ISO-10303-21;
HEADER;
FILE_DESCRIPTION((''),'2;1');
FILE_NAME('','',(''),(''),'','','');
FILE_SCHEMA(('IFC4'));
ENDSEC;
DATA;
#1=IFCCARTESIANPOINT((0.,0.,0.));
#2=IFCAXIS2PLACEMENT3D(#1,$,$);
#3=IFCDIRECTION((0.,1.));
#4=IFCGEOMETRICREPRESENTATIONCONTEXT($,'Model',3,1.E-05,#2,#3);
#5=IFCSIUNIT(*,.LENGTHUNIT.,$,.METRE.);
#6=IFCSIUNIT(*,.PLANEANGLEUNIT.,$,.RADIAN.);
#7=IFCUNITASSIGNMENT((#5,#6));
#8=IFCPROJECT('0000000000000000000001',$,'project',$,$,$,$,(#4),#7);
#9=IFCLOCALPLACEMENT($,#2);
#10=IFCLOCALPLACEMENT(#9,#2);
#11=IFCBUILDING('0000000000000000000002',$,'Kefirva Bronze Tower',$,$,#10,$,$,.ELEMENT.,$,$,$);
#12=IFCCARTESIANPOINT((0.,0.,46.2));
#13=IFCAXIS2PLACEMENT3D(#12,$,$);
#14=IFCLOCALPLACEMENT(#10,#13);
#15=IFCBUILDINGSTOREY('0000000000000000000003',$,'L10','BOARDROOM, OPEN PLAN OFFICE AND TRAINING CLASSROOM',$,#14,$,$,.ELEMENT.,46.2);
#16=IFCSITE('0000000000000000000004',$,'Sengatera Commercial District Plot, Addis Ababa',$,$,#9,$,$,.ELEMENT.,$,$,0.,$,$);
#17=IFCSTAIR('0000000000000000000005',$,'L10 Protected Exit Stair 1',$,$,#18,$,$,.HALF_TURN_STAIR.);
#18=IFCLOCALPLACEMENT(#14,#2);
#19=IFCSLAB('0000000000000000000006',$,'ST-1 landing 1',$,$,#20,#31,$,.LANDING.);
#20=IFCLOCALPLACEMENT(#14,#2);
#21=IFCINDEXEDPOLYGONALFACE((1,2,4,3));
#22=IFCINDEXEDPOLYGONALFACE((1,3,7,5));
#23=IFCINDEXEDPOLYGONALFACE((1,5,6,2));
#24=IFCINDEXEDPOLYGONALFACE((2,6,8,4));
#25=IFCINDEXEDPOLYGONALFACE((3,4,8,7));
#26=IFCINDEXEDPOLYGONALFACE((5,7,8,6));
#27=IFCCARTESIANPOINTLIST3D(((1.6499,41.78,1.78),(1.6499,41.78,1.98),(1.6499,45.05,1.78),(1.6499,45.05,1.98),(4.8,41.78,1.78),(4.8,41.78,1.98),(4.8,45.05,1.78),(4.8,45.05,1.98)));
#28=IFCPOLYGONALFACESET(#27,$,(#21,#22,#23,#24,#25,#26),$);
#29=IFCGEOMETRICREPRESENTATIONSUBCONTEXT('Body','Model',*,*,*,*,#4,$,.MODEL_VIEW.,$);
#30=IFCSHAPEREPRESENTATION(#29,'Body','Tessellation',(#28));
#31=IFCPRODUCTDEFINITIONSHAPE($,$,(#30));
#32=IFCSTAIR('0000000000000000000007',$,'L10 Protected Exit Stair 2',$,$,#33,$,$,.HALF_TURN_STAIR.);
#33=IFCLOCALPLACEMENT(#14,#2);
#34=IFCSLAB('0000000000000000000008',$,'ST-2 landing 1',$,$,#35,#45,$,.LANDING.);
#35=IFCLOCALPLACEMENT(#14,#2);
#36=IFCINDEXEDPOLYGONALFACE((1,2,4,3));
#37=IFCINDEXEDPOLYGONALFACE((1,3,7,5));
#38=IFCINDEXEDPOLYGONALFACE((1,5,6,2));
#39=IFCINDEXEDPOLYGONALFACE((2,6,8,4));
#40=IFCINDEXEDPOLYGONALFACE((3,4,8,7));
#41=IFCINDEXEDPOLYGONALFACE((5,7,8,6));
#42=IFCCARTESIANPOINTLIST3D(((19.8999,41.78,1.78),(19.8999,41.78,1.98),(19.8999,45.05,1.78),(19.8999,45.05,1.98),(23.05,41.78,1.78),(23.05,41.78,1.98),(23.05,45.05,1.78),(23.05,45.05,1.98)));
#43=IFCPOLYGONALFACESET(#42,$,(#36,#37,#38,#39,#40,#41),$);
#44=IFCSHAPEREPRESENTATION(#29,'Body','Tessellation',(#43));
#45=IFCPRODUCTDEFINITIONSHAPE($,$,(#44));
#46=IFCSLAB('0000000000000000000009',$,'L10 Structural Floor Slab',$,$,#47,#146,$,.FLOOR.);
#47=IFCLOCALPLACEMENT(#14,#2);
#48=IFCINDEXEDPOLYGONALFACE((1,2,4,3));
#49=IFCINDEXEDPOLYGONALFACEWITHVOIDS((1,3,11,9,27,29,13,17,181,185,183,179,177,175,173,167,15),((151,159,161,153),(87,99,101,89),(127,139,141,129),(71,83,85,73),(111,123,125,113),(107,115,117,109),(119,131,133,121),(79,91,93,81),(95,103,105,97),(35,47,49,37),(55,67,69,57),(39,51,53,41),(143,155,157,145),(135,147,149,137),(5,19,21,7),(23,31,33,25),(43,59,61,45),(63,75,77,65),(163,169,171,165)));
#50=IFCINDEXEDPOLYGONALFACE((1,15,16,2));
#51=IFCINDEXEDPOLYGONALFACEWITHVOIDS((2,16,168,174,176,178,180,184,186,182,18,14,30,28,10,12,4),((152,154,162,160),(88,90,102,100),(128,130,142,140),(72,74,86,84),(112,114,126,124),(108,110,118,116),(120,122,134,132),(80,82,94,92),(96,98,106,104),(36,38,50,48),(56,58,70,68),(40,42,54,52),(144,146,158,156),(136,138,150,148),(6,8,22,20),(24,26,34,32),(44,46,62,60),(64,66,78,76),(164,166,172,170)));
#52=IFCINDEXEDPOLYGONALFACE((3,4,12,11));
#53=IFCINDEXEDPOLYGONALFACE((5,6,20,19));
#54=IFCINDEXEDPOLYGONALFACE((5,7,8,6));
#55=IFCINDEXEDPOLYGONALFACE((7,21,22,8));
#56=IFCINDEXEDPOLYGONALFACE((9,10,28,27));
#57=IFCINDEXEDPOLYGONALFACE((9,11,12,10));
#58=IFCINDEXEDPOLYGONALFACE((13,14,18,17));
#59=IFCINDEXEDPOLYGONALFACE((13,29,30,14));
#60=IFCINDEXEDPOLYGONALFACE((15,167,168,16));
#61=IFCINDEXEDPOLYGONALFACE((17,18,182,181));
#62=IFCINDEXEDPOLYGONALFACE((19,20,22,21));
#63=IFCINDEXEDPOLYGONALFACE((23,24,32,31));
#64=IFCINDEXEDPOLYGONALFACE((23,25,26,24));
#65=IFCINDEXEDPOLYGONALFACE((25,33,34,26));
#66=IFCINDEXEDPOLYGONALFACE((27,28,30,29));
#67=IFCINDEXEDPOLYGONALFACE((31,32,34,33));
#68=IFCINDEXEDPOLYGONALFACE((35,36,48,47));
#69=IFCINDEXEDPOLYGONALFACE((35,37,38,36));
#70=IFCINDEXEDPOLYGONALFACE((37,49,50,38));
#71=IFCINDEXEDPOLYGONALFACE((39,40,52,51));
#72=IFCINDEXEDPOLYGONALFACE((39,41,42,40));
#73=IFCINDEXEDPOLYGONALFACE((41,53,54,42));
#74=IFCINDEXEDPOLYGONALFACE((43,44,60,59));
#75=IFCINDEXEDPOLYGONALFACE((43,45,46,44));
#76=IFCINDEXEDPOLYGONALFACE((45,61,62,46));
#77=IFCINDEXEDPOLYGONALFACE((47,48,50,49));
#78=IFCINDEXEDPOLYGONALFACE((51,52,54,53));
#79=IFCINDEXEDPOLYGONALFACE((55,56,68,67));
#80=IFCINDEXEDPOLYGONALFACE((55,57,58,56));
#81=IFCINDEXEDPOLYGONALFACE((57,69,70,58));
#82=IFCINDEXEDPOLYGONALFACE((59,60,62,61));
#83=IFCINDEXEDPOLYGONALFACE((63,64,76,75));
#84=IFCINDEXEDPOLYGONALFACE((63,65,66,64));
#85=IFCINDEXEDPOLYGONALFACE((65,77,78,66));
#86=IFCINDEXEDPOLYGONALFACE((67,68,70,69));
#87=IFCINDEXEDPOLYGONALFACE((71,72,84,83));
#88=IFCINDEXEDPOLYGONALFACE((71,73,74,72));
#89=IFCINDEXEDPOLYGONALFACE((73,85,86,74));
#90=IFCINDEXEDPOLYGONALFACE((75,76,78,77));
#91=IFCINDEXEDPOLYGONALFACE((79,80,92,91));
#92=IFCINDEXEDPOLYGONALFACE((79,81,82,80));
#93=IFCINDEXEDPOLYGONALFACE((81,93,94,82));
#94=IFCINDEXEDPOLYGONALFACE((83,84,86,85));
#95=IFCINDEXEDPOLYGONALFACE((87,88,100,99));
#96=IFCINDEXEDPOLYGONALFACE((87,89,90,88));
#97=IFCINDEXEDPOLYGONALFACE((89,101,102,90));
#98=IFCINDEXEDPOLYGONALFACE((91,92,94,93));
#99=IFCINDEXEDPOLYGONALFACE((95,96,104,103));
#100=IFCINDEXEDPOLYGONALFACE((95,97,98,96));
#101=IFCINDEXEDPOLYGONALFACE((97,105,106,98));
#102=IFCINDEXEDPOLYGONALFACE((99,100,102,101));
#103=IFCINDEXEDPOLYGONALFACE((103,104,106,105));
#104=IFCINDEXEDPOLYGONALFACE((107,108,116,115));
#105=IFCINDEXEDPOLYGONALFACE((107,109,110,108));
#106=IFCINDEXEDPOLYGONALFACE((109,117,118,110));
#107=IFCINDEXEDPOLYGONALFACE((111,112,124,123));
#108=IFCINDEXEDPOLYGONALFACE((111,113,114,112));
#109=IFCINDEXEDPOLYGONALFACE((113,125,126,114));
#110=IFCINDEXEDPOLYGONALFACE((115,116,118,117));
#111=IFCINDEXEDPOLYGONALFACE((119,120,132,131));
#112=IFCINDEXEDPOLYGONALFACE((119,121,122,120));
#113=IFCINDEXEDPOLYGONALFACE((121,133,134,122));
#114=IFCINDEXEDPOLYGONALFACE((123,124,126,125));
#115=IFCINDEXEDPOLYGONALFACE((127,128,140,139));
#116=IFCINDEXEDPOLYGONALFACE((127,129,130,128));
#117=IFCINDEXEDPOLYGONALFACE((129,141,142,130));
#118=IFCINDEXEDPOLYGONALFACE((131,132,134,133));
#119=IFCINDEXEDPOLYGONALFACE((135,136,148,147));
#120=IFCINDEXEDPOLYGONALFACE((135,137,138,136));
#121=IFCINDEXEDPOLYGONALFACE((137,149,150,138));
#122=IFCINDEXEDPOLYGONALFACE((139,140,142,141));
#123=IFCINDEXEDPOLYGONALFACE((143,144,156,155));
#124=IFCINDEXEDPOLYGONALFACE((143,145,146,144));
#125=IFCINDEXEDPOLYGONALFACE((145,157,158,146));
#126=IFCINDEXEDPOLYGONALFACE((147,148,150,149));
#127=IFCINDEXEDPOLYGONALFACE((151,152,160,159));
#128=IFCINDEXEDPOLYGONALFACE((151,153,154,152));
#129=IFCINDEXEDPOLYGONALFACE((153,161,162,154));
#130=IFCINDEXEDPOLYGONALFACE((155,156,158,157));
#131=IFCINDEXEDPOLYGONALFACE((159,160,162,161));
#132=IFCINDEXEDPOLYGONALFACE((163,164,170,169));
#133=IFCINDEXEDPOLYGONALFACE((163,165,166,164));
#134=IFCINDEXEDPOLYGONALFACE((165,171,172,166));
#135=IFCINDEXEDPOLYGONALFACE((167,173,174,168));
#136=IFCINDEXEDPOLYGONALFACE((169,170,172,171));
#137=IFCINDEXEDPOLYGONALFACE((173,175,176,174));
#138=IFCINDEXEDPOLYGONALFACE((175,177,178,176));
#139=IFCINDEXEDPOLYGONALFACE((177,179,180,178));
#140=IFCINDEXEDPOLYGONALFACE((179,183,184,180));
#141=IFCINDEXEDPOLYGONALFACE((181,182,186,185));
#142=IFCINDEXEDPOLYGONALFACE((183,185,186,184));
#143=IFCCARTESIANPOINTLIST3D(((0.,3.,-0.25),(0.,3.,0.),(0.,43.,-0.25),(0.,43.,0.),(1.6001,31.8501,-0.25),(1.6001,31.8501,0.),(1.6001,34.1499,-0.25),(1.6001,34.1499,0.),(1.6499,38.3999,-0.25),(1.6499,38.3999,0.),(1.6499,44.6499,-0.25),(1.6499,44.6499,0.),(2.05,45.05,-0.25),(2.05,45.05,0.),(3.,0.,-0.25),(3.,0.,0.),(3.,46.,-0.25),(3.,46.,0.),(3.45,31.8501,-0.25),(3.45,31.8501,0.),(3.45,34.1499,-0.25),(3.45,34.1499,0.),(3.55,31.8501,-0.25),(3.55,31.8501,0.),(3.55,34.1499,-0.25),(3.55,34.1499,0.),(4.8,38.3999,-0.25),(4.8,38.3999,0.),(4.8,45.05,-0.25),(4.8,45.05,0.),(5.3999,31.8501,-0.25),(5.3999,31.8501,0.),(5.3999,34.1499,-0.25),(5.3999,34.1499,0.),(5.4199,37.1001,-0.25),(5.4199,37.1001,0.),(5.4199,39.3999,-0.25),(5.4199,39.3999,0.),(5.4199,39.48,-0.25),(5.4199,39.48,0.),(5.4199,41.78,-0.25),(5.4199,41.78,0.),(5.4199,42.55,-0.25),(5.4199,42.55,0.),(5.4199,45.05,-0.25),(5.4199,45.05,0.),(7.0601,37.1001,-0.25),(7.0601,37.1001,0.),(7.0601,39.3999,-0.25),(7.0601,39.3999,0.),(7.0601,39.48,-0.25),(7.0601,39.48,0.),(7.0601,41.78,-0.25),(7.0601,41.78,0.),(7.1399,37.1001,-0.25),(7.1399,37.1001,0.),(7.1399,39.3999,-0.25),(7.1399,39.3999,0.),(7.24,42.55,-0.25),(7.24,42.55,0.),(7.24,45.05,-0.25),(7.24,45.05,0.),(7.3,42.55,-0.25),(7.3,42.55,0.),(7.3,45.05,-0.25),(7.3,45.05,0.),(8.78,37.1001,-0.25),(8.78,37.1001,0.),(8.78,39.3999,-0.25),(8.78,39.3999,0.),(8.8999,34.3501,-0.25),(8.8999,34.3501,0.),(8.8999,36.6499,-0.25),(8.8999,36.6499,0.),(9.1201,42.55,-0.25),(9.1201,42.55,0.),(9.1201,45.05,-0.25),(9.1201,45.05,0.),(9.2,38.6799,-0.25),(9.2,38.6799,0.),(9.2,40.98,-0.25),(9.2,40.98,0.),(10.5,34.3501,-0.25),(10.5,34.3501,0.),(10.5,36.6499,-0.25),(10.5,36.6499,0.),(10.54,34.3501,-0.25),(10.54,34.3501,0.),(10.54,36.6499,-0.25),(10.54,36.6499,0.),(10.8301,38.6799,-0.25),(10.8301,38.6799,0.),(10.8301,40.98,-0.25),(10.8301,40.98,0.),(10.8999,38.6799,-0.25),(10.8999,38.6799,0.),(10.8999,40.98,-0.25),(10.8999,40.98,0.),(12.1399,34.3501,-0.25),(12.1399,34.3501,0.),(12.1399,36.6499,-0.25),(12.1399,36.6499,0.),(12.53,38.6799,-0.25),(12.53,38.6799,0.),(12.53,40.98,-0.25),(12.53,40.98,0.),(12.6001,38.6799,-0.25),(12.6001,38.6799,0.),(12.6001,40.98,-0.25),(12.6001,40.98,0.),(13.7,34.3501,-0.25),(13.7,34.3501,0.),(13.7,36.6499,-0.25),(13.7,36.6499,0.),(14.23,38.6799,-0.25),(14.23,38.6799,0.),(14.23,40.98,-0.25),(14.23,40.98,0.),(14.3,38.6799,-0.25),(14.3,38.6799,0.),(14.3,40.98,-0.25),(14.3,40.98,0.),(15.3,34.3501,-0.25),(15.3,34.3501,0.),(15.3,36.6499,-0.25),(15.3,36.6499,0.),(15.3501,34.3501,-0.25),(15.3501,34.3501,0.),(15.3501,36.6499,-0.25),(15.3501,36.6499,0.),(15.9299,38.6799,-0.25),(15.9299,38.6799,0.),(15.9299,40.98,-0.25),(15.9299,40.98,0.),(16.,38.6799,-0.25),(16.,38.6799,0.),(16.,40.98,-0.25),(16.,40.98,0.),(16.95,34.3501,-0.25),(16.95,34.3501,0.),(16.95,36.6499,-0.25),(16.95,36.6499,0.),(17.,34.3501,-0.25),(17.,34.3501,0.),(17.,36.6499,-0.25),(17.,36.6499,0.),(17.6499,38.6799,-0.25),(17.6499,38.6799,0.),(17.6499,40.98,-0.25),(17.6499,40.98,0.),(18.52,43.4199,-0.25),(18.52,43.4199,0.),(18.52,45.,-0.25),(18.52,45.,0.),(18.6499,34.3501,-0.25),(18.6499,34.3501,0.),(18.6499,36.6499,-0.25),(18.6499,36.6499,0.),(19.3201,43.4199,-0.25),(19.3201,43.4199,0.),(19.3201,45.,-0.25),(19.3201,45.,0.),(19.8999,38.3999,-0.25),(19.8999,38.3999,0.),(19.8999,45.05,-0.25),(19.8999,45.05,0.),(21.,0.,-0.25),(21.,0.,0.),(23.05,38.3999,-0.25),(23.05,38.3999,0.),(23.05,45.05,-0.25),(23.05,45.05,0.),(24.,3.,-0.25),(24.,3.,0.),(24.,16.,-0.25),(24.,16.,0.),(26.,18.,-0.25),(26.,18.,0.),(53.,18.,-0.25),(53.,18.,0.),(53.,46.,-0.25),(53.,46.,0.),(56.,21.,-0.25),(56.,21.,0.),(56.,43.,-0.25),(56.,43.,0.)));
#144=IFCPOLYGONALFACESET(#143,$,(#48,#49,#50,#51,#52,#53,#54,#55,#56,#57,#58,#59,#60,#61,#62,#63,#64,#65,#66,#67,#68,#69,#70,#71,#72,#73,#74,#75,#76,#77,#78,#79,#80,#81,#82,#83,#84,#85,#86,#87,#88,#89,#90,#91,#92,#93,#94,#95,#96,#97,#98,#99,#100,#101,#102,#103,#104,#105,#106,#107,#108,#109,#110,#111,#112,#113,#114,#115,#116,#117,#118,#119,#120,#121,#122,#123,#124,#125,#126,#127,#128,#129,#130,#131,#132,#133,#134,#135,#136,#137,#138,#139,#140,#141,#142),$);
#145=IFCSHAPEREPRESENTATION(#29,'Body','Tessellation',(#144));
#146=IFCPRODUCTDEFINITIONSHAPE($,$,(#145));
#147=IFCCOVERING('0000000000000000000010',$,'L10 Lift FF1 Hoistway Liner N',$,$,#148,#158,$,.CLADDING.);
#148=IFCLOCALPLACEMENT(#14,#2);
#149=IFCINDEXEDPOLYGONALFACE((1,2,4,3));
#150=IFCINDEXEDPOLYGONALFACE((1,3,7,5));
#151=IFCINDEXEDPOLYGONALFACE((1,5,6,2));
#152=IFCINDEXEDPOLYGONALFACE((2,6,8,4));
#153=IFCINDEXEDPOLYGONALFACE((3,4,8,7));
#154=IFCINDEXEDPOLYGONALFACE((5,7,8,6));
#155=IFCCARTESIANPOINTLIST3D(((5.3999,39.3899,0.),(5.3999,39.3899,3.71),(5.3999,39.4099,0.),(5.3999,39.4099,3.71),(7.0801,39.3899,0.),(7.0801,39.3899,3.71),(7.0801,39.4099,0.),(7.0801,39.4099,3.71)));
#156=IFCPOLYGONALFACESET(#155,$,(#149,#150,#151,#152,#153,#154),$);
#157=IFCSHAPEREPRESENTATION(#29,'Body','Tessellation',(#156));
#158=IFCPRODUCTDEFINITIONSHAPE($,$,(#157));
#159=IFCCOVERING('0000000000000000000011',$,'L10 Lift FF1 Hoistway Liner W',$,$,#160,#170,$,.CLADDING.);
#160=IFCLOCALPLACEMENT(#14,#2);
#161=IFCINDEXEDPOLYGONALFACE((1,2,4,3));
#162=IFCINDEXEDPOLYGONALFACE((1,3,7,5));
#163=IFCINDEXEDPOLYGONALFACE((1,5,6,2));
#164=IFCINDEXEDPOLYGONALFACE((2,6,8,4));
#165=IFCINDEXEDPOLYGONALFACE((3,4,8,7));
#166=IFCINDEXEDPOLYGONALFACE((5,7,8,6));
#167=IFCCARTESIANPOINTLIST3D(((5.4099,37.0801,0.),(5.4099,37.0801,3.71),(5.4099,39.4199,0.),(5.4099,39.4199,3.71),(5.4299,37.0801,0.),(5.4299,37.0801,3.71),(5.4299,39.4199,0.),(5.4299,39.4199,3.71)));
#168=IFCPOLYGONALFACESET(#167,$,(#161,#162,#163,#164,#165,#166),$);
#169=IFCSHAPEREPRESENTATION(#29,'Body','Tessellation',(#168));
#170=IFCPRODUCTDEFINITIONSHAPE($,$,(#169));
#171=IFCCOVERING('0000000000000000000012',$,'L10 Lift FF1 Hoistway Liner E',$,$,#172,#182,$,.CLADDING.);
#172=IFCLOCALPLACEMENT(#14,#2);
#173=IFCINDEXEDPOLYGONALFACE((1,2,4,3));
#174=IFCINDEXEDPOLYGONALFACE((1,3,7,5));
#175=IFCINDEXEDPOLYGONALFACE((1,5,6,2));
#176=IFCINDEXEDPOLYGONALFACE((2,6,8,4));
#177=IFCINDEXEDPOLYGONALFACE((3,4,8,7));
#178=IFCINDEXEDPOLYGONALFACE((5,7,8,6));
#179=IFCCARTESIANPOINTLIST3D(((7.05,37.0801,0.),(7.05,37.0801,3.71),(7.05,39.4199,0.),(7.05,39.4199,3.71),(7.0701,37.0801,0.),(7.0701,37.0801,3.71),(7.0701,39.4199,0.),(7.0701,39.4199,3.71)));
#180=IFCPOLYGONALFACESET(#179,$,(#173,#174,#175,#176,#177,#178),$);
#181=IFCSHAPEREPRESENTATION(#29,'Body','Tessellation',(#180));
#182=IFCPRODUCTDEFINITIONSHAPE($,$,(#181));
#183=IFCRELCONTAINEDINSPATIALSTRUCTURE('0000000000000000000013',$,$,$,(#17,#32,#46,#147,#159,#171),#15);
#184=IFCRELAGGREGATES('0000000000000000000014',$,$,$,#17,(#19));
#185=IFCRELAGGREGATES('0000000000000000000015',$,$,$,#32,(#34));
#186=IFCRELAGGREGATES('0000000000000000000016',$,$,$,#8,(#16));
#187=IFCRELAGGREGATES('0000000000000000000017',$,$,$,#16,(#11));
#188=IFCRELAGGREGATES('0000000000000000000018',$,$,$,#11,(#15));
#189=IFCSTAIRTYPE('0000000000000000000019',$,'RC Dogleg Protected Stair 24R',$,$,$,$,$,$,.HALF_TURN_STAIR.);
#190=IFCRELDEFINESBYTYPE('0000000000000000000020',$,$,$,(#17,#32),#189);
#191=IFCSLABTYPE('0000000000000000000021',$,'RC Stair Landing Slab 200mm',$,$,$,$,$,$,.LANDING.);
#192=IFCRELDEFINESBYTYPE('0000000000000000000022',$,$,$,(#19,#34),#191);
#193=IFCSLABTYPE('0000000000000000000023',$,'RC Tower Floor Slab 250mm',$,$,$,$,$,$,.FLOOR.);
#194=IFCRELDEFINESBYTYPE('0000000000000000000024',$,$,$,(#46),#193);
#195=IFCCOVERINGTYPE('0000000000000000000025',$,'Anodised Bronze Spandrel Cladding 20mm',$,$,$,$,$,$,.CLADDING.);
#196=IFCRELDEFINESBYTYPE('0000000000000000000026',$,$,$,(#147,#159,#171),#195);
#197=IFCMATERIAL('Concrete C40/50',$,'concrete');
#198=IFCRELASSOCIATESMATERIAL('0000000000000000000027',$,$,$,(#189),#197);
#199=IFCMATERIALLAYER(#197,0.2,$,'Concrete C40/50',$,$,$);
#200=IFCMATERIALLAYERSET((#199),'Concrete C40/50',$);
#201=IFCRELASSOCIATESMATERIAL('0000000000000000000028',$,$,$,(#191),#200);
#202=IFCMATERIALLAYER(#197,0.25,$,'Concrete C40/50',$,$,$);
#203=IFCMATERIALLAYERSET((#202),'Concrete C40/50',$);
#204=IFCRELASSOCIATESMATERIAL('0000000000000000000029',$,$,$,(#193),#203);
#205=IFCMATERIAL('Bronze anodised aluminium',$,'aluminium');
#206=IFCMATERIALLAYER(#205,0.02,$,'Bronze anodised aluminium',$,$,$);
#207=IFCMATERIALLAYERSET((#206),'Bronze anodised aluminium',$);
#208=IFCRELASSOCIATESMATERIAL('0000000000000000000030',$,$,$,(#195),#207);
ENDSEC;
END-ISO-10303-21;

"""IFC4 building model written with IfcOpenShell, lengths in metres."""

from ifc_helpers import new_model, si_unit, direction, frame, origin, place, context, subcontext, project, spatial, polyline, outline, extrude, material, layer, layer_set, type_object, element, aggregate, save


model = new_model("IFC4")

# Units and contexts
model_context = context("Model", 3, precision=1e-05, world=origin(), true_north=direction((0.0, 1.0)))
body_context = subcontext(model_context, "Body", "Model", "MODEL_VIEW")
ifc_project = project(units=[si_unit("LENGTHUNIT", "METRE"), si_unit("PLANEANGLEUNIT", "RADIAN")], contexts=[model_context])

# Site, building, storey
site_placement = place(None, origin())
site = spatial("IfcSite", under=ifc_project, at=site_placement, Name="Sengatera Commercial District Plot, Addis Ababa", CompositionType="ELEMENT", RefElevation=0.0)
building_placement = place(site_placement, origin())
building = spatial("IfcBuilding", under=site, at=building_placement, Name="Kefirva Bronze Tower", CompositionType="ELEMENT")
storey_placement = place(building_placement, frame((0.0, 0.0, 46.2)))
storey = spatial("IfcBuildingStorey", under=building, at=storey_placement, Name="L10", Description="BOARDROOM, OPEN PLAN OFFICE AND TRAINING CLASSROOM", CompositionType="ELEMENT", Elevation=46.2)

# Stairs, slabs
ifc_material_1 = material(Name="Concrete C40/50", Category="concrete")
stair_type = type_object("IfcStairType", Name="RC Dogleg Protected Stair 24R", PredefinedType="HALF_TURN_STAIR", material=ifc_material_1)
stair_1_placement = place(storey_placement, origin())
stair_1 = element("IfcStair", 1, at=stair_1_placement, inside=storey, type_object=stair_type, Name="L10 Protected Exit Stair 1", PredefinedType="HALF_TURN_STAIR")
ifc_layer_1 = layer(ifc_material_1, 0.2, Name="Concrete C40/50")
ifc_layer_set_1 = layer_set([ifc_layer_1], Name="Concrete C40/50")
slab_type_1 = type_object("IfcSlabType", Name="RC Stair Landing Slab 200mm", PredefinedType="LANDING", material=ifc_layer_set_1)
slab_1_placement = place(storey_placement, frame((0.0, 0.0, 1.78)))
slab_1 = element("IfcSlab", 2, at=slab_1_placement, type_object=slab_type_1, Name="ST-1 landing 1", PredefinedType="LANDING", context=body_context, shape_type="SweptSolid", body=[
    extrude(outline(polyline([(4.8, 41.78), (4.8, 45.05), (1.6499, 45.05), (1.6499, 41.78), (4.8, 41.78)])), origin(), (0.0, 0.0, 1.0), 0.2),
])
aggregate(stair_1, [slab_1])
stair_2_placement = place(storey_placement, origin())
stair_2 = element("IfcStair", 3, at=stair_2_placement, inside=storey, type_object=stair_type, Name="L10 Protected Exit Stair 2", PredefinedType="HALF_TURN_STAIR")
slab_2_placement = place(storey_placement, frame((0.0, 0.0, 1.78)))
slab_2 = element("IfcSlab", 4, at=slab_2_placement, type_object=slab_type_1, Name="ST-2 landing 1", PredefinedType="LANDING", context=body_context, shape_type="SweptSolid", body=[
    extrude(outline(polyline([(23.05, 41.78), (23.05, 45.05), (19.8999, 45.05), (19.8999, 41.78), (23.05, 41.78)])), origin(), (0.0, 0.0, 1.0), 0.2),
])
aggregate(stair_2, [slab_2])

# Slab
ifc_layer_2 = layer(ifc_material_1, 0.25, Name="Concrete C40/50")
ifc_layer_set_2 = layer_set([ifc_layer_2], Name="Concrete C40/50")
slab_type_2 = type_object("IfcSlabType", Name="RC Tower Floor Slab 250mm", PredefinedType="FLOOR", material=ifc_layer_set_2)
slab_3_placement = place(storey_placement, frame((0.0, 0.0, -0.25)))
element("IfcSlab", 5, at=slab_3_placement, inside=storey, type_object=slab_type_2, Name="L10 Structural Floor Slab", PredefinedType="FLOOR", context=body_context, shape_type="SweptSolid", body=[
    extrude(outline(polyline([(0.0, 3.0), (0.0, 43.0), (1.6499, 44.6499), (1.6499, 38.3999), (4.8, 38.3999), (4.8, 45.05), (2.05, 45.05), (3.0, 46.0), (53.0, 46.0), (56.0, 43.0), (56.0, 21.0), (53.0, 18.0), (26.0, 18.0), (24.0, 16.0), (24.0, 3.0), (21.0, 0.0), (3.0, 0.0), (0.0, 3.0)]), holes=[polyline([(19.8999, 38.3999), (23.05, 38.3999), (23.05, 45.05), (19.8999, 45.05), (19.8999, 38.3999)]), polyline([(18.52, 43.4199), (19.3201, 43.4199), (19.3201, 45.0), (18.52, 45.0), (18.52, 43.4199)]), polyline([(17.0, 34.3501), (18.6499, 34.3501), (18.6499, 36.6499), (17.0, 36.6499), (17.0, 34.3501)]), polyline([(17.6499, 38.6799), (17.6499, 40.98), (16.0, 40.98), (16.0, 38.6799), (17.6499, 38.6799)]), polyline([(16.95, 34.3501), (16.95, 36.6499), (15.3501, 36.6499), (15.3501, 34.3501), (16.95, 34.3501)]), polyline([(15.9299, 38.6799), (15.9299, 40.98), (14.3, 40.98), (14.3, 38.6799), (15.9299, 38.6799)]), polyline([(15.3, 34.3501), (15.3, 36.6499), (13.7, 36.6499), (13.7, 34.3501), (15.3, 34.3501)]), polyline([(14.23, 38.6799), (14.23, 40.98), (12.6001, 40.98), (12.6001, 38.6799), (14.23, 38.6799)]), polyline([(10.8999, 38.6799), (12.53, 38.6799), (12.53, 40.98), (10.8999, 40.98), (10.8999, 38.6799)]), polyline([(12.1399, 34.3501), (12.1399, 36.6499), (10.54, 36.6499), (10.54, 34.3501), (12.1399, 34.3501)]), polyline([(10.8301, 38.6799), (10.8301, 40.98), (9.2, 40.98), (9.2, 38.6799), (10.8301, 38.6799)]), polyline([(10.5, 34.3501), (10.5, 36.6499), (8.8999, 36.6499), (8.8999, 34.3501), (10.5, 34.3501)]), polyline([(7.3, 42.55), (9.1201, 42.55), (9.1201, 45.05), (7.3, 45.05), (7.3, 42.55)]), polyline([(7.1399, 37.1001), (8.78, 37.1001), (8.78, 39.3999), (7.1399, 39.3999), (7.1399, 37.1001)]), polyline([(5.4199, 42.55), (7.24, 42.55), (7.24, 45.05), (5.4199, 45.05), (5.4199, 42.55)]), polyline([(7.0601, 39.48), (7.0601, 41.78), (5.4199, 41.78), (5.4199, 39.48), (7.0601, 39.48)]), polyline([(5.4199, 37.1001), (7.0601, 37.1001), (7.0601, 39.3999), (5.4199, 39.3999), (5.4199, 37.1001)]), polyline([(5.3999, 31.8501), (5.3999, 34.1499), (3.55, 34.1499), (3.55, 31.8501), (5.3999, 31.8501)]), polyline([(3.45, 31.8501), (3.45, 34.1499), (1.6001, 34.1499), (1.6001, 31.8501), (3.45, 31.8501)])]), origin(), (0.0, 0.0, 1.0), 0.25),
])

# Coverings
ifc_material_2 = material(Name="Bronze anodised aluminium", Category="aluminium")
ifc_layer_3 = layer(ifc_material_2, 0.02, Name="Bronze anodised aluminium")
ifc_layer_set_3 = layer_set([ifc_layer_3], Name="Bronze anodised aluminium")
covering_type = type_object("IfcCoveringType", Name="Anodised Bronze Spandrel Cladding 20mm", PredefinedType="CLADDING", material=ifc_layer_set_3)
covering_1_placement = place(storey_placement, origin())
element("IfcCovering", 6, at=covering_1_placement, inside=storey, type_object=covering_type, Name="L10 Lift FF1 Hoistway Liner N", PredefinedType="CLADDING", context=body_context, shape_type="SweptSolid", body=[
    extrude(outline(polyline([(5.3999, 39.3899), (7.0801, 39.3899), (7.0801, 39.4099), (5.3999, 39.4099), (5.3999, 39.3899)])), origin(), (0.0, 0.0, 1.0), 3.71),
])
covering_2_placement = place(storey_placement, origin())
element("IfcCovering", 7, at=covering_2_placement, inside=storey, type_object=covering_type, Name="L10 Lift FF1 Hoistway Liner W", PredefinedType="CLADDING", context=body_context, shape_type="SweptSolid", body=[
    extrude(outline(polyline([(5.4099, 37.0801), (5.4299, 37.0801), (5.4299, 39.4199), (5.4099, 39.4199), (5.4099, 37.0801)])), origin(), (0.0, 0.0, 1.0), 3.71),
])
covering_3_placement = place(storey_placement, origin())
element("IfcCovering", 8, at=covering_3_placement, inside=storey, type_object=covering_type, Name="L10 Lift FF1 Hoistway Liner E", PredefinedType="CLADDING", context=body_context, shape_type="SweptSolid", body=[
    extrude(outline(polyline([(7.05, 37.0801), (7.0701, 37.0801), (7.0701, 39.4199), (7.05, 39.4199), (7.05, 37.0801)])), origin(), (0.0, 0.0, 1.0), 3.71),
])

save(model, "model.ifc")
